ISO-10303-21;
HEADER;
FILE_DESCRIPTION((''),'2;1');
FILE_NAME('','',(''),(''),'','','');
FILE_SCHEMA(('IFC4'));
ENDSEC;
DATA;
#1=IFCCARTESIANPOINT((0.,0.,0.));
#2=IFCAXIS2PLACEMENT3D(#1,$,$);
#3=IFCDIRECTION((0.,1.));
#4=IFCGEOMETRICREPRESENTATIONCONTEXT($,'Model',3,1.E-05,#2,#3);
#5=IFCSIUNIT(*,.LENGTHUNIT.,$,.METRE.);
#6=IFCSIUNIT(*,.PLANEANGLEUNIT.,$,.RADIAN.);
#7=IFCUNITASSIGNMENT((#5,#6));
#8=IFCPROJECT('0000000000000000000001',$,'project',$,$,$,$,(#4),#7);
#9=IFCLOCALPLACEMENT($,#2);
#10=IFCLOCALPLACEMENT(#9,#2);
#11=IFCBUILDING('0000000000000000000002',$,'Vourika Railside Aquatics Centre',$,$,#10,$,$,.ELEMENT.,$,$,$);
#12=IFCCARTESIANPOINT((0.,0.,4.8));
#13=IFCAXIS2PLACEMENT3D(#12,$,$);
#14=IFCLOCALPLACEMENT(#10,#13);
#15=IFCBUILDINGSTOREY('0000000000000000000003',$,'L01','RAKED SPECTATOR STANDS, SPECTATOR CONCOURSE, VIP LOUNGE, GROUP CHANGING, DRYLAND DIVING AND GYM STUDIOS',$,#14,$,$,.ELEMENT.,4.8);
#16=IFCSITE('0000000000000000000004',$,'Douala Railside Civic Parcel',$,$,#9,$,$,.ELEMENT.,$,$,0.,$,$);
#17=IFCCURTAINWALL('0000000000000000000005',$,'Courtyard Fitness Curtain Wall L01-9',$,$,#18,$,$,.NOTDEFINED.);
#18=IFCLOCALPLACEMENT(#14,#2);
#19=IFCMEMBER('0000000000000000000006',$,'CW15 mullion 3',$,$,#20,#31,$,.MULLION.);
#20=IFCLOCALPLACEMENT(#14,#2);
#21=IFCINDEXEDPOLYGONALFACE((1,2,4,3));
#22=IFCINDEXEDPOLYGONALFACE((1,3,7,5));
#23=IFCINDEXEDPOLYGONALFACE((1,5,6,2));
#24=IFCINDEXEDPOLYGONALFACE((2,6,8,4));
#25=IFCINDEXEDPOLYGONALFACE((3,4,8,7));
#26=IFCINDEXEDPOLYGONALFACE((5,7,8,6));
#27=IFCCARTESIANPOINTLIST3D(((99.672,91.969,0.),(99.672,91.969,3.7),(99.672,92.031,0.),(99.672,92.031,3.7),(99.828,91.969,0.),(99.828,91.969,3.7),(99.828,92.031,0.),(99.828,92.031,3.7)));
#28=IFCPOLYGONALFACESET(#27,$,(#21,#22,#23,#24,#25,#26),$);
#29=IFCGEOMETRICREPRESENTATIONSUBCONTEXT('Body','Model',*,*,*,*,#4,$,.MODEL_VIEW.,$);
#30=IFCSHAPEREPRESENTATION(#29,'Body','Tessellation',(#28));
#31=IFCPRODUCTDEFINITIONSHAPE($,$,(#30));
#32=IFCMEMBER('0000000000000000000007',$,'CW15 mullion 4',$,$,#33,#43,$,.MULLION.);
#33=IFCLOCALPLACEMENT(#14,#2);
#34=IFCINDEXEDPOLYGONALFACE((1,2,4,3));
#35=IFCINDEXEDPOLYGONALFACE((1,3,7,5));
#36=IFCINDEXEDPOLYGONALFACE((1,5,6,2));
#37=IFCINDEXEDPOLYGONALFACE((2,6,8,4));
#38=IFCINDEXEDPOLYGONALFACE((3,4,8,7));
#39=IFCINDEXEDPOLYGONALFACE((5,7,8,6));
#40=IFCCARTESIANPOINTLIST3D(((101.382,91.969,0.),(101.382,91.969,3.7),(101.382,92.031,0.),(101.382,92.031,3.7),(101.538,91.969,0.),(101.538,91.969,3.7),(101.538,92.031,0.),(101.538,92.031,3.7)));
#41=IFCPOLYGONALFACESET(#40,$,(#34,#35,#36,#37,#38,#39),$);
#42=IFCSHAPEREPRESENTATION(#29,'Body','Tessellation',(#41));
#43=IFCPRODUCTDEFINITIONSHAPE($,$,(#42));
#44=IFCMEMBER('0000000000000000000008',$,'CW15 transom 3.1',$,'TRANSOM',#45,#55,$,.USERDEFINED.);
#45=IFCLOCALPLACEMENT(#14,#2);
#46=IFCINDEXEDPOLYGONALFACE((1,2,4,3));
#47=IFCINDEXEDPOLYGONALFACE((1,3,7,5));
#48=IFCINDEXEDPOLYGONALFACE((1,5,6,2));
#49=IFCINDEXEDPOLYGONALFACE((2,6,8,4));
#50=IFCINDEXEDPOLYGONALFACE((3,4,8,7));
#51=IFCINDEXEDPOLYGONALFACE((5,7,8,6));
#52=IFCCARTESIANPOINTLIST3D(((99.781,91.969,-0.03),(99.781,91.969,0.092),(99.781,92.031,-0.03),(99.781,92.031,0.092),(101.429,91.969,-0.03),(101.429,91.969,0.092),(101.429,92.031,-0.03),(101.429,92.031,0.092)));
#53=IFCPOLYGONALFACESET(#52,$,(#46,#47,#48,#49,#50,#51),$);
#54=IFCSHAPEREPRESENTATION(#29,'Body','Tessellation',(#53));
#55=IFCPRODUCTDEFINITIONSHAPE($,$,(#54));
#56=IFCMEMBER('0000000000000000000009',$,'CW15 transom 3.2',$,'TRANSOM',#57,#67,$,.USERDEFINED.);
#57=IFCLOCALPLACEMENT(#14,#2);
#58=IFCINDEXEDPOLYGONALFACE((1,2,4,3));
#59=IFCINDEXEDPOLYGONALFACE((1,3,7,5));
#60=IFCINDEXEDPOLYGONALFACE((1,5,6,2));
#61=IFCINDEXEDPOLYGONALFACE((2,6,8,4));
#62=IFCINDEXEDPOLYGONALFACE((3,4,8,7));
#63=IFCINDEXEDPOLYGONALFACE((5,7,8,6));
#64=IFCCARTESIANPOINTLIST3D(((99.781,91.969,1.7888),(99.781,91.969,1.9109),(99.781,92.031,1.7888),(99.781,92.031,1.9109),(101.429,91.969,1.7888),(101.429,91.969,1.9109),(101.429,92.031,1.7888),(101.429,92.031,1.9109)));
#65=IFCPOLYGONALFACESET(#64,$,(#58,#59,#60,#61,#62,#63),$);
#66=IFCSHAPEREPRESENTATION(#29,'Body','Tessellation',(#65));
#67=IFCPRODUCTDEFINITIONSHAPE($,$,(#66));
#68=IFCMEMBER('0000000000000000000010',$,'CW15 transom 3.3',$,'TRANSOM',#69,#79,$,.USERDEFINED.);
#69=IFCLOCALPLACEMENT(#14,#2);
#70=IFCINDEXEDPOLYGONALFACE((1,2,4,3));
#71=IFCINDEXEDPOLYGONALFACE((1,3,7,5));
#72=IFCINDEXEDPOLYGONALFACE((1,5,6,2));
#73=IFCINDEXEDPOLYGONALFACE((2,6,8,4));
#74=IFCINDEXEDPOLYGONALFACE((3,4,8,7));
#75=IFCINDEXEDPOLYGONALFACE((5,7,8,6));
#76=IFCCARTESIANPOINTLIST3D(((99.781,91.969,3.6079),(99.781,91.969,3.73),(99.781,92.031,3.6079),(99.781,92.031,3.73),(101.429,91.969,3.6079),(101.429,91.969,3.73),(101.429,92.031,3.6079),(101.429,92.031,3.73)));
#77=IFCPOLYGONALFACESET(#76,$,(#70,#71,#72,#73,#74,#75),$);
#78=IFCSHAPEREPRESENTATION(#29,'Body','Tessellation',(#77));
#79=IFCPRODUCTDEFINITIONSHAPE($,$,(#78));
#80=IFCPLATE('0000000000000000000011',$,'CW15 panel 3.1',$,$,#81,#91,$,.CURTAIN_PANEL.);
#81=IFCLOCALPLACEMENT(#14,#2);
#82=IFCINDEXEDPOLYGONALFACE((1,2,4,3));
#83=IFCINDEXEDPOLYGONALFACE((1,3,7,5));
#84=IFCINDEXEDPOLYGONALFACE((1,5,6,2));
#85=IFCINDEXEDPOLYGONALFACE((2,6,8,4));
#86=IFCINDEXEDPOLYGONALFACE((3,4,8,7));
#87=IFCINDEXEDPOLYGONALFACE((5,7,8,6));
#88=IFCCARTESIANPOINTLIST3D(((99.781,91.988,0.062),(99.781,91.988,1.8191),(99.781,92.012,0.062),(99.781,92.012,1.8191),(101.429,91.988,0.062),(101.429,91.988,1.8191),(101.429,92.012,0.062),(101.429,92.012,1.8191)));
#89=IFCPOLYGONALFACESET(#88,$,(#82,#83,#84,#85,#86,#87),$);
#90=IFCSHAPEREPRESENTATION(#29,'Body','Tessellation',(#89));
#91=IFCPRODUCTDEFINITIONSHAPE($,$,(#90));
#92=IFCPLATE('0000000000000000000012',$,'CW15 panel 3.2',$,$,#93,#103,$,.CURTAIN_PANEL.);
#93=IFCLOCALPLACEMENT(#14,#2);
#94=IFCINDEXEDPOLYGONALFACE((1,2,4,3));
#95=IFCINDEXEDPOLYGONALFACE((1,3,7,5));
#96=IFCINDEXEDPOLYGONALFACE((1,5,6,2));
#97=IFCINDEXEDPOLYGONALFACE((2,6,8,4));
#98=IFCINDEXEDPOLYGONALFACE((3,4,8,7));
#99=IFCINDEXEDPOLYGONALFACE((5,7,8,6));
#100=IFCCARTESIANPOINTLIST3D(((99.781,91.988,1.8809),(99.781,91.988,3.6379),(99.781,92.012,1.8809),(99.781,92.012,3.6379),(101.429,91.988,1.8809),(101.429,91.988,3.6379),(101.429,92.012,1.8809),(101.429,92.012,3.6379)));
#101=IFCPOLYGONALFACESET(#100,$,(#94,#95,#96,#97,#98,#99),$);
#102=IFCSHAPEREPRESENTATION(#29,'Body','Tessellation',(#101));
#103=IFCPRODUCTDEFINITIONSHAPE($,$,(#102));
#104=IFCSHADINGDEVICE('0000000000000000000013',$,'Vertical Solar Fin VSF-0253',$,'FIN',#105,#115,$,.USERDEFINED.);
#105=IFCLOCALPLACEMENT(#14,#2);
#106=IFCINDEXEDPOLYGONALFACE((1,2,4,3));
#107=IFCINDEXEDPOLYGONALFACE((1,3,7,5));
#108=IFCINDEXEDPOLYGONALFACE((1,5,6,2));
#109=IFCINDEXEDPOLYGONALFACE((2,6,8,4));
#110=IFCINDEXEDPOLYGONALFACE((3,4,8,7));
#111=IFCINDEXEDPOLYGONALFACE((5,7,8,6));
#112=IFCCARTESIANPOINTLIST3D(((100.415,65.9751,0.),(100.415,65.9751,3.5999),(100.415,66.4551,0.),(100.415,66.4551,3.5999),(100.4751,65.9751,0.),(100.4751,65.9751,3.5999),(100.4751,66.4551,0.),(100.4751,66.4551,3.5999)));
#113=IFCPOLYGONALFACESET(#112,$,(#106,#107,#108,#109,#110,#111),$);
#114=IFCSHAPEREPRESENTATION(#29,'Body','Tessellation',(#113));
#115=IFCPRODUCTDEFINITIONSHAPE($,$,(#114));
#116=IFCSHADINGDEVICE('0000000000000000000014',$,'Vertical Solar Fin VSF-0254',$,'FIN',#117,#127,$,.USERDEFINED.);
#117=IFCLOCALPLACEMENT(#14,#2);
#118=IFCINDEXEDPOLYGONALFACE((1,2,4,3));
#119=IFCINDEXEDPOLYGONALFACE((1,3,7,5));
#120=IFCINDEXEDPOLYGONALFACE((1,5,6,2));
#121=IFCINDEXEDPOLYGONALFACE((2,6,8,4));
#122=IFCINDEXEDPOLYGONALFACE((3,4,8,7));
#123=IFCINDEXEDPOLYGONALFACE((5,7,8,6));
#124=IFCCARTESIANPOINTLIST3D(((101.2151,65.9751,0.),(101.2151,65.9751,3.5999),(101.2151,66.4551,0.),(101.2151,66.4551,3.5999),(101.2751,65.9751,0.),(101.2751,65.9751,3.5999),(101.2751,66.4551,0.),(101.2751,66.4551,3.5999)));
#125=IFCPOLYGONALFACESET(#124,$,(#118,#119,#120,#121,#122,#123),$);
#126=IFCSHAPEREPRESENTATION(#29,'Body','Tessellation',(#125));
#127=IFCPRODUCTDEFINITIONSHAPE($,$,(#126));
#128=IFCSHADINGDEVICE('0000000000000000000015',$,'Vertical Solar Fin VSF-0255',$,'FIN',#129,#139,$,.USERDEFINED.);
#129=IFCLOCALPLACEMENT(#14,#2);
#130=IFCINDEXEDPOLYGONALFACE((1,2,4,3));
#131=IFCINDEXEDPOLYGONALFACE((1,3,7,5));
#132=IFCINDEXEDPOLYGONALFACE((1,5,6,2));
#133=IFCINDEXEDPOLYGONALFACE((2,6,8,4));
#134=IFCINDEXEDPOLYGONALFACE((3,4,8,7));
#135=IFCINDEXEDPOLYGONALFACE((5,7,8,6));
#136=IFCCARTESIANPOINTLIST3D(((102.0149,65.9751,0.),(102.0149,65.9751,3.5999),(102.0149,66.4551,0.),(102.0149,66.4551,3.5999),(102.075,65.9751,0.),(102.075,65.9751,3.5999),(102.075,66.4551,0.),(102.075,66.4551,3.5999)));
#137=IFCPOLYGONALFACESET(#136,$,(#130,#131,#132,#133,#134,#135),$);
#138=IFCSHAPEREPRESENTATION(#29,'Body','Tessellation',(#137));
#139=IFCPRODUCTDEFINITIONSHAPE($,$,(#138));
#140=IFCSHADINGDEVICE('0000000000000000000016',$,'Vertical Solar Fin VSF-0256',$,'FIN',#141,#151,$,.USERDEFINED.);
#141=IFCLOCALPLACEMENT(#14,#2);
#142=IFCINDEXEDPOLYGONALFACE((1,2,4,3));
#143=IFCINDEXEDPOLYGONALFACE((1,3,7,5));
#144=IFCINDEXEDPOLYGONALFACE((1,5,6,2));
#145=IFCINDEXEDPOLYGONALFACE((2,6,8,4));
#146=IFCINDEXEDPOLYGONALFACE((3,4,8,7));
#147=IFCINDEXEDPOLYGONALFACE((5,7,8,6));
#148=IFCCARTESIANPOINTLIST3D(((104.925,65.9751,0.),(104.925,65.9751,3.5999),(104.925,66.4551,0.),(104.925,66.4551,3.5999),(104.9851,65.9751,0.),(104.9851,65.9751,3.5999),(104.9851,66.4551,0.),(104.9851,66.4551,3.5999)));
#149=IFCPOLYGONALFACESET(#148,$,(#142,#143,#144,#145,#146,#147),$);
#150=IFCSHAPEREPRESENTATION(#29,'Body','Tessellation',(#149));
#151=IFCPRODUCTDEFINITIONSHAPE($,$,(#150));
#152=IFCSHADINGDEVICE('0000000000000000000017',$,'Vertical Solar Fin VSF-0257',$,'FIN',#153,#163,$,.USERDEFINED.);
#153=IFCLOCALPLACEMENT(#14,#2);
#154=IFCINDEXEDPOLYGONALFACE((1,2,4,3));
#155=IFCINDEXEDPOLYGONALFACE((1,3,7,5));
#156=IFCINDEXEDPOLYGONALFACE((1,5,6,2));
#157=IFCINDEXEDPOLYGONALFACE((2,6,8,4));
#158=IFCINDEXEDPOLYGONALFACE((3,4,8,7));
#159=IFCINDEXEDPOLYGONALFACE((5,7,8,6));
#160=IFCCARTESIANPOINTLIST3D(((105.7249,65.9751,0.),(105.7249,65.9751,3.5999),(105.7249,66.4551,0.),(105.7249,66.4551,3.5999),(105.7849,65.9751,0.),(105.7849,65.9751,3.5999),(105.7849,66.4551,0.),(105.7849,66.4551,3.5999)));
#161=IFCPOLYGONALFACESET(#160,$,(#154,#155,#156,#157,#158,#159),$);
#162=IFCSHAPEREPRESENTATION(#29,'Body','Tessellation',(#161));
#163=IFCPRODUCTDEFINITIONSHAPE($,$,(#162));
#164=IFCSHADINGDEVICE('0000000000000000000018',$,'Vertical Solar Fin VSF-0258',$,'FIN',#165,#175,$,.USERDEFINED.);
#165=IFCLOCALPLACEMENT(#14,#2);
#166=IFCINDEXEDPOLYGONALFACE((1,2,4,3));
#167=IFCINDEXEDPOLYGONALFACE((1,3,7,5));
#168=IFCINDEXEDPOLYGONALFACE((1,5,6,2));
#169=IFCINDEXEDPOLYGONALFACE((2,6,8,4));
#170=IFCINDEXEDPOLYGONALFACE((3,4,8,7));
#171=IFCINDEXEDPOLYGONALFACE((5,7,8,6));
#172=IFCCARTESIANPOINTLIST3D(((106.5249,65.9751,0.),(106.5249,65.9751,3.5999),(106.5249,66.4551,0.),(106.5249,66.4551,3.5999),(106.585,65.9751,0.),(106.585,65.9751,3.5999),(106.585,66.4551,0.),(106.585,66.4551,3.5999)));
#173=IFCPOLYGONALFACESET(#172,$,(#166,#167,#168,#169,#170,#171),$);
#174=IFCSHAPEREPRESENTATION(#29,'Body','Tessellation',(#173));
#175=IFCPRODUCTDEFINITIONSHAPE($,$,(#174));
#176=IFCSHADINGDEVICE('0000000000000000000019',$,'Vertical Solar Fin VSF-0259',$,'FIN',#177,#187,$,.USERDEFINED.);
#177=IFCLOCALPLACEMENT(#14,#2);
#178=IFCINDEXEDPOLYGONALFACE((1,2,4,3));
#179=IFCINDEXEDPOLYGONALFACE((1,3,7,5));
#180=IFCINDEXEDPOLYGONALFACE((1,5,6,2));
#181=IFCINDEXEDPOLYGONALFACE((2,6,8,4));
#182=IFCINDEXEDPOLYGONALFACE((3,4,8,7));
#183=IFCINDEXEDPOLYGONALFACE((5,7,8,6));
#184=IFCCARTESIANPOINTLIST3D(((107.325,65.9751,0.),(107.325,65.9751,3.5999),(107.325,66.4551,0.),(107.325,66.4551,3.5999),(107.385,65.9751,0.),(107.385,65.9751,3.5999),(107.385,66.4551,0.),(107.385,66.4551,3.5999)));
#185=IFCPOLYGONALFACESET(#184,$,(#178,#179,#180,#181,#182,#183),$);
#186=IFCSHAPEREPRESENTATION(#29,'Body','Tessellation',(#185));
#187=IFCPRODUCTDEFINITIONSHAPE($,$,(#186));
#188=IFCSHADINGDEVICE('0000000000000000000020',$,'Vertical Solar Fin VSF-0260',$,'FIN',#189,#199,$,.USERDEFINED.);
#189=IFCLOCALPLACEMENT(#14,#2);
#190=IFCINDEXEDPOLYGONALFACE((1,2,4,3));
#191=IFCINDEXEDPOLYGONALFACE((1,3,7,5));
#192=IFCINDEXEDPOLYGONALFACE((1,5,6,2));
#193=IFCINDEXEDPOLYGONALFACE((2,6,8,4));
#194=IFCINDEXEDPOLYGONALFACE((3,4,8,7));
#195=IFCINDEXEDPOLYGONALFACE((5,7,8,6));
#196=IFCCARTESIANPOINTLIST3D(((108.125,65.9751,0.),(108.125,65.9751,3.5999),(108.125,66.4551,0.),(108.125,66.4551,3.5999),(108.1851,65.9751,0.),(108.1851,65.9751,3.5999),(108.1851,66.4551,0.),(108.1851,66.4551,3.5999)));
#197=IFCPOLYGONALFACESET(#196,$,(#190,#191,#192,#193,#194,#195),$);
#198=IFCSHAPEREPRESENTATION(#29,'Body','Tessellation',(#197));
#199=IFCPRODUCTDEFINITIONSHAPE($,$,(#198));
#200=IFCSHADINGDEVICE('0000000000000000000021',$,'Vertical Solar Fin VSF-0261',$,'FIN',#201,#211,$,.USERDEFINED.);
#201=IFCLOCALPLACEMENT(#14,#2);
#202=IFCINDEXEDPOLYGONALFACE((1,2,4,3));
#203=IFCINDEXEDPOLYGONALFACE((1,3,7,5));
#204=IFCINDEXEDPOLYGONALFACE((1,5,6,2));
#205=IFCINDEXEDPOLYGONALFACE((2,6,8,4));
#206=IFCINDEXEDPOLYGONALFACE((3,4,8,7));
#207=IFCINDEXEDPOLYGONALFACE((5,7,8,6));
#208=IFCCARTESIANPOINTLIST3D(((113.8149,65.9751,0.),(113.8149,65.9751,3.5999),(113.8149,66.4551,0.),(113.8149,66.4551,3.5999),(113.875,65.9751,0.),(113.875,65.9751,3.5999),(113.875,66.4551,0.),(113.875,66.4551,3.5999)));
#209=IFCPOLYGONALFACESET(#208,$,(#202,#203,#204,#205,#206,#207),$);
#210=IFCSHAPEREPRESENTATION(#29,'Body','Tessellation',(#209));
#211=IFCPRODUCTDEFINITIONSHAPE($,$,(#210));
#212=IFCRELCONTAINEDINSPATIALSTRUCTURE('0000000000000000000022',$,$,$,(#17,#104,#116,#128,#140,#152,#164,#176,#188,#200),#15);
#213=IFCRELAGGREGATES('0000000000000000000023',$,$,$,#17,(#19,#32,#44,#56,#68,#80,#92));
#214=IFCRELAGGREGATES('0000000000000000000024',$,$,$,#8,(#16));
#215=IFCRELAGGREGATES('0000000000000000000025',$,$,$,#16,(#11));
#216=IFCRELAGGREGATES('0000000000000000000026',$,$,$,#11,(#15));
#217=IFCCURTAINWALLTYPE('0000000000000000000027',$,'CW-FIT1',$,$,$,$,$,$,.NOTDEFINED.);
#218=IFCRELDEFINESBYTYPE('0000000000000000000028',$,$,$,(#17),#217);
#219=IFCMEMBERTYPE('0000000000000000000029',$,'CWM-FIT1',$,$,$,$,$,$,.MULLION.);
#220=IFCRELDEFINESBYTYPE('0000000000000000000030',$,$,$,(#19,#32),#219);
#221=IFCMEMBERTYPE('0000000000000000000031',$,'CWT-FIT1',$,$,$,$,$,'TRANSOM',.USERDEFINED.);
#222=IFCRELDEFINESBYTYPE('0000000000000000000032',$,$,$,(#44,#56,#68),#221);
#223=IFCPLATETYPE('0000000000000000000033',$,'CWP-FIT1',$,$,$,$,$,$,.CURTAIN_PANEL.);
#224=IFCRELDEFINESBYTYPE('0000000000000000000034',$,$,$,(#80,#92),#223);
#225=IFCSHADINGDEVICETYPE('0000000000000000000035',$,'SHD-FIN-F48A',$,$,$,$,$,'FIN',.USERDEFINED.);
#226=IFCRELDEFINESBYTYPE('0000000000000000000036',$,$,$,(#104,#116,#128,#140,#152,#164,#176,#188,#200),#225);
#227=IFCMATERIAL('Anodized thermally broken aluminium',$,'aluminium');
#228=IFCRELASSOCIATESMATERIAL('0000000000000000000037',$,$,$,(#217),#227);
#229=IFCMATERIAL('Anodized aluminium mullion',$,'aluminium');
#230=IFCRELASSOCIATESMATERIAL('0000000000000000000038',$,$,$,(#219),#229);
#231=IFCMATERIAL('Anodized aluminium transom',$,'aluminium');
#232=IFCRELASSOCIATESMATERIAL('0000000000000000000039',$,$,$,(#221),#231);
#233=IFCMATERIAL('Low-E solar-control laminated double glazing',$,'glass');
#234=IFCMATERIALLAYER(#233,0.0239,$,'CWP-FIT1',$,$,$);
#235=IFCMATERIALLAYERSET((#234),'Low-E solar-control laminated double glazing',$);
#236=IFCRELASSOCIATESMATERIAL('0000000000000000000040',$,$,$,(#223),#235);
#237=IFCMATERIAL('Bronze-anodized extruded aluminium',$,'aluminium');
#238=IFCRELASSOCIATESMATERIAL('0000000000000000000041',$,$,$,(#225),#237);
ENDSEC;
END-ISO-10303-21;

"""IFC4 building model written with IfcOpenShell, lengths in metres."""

from ifc_helpers import new_model, si_unit, direction, frame, origin, origin_2d, place, context, subcontext, project, spatial, rectangle, extrude, material, layer, layer_set, material_profile, profile_set, type_object, element, aggregate, save


model = new_model("IFC4")

# Units and contexts
model_context = context("Model", 3, precision=1e-05, world=origin(), true_north=direction((0.0, 1.0)))
body_context = subcontext(model_context, "Body", "Model", "MODEL_VIEW")
ifc_project = project(units=[si_unit("LENGTHUNIT", "METRE"), si_unit("PLANEANGLEUNIT", "RADIAN")], contexts=[model_context])

# Site, building, storey
site_placement = place(None, origin())
site = spatial("IfcSite", under=ifc_project, at=site_placement, Name="Douala Railside Civic Parcel", CompositionType="ELEMENT", RefElevation=0.0)
building_placement = place(site_placement, origin())
building = spatial("IfcBuilding", under=site, at=building_placement, Name="Vourika Railside Aquatics Centre", CompositionType="ELEMENT")
storey_placement = place(building_placement, frame((0.0, 0.0, 4.8)))
storey = spatial("IfcBuildingStorey", under=building, at=storey_placement, Name="L01", Description="RAKED SPECTATOR STANDS, SPECTATOR CONCOURSE, VIP LOUNGE, GROUP CHANGING, DRYLAND DIVING AND GYM STUDIOS", CompositionType="ELEMENT", Elevation=4.8)

# Curtain wall, members, plates
ifc_material_1 = material(Name="Anodized thermally broken aluminium", Category="aluminium")
curtain_wall_type = type_object("IfcCurtainWallType", Name="CW-FIT1", PredefinedType="NOTDEFINED", material=ifc_material_1)
curtain_wall_placement = place(storey_placement, origin())
curtain_wall = element("IfcCurtainWall", 1, at=curtain_wall_placement, inside=storey, type_object=curtain_wall_type, Name="Courtyard Fitness Curtain Wall L01-9", PredefinedType="NOTDEFINED")
ifc_material_2 = material(Name="Anodized aluminium mullion", Category="aluminium")
ifc_material_profile_1 = material_profile(ifc_material_2, rectangle(XDim=0.062, YDim=0.156, at=origin_2d()), Name="ALU-M 62x156")
ifc_profile_set_1 = profile_set([ifc_material_profile_1], Name="Anodized aluminium mullion")
member_type_1 = type_object("IfcMemberType", Name="CWM-FIT1", PredefinedType="MULLION", material=ifc_profile_set_1)
member_1_placement = place(storey_placement, frame((99.75, 92.0, 0.0), z_axis=(0.0, 0.0, 1.0), x_axis=(0.0, 1.0, 0.0)))
member_1 = element("IfcMember", 2, at=member_1_placement, type_object=member_type_1, Name="CW15 mullion 3", PredefinedType="MULLION", context=body_context, shape_type="SweptSolid", body=[
    extrude(rectangle(XDim=0.062, YDim=0.156, at=origin_2d()), origin(), (0.0, 0.0, 1.0), 3.7),
])
member_2_placement = place(storey_placement, frame((101.46, 92.0, 0.0), z_axis=(0.0, 0.0, 1.0), x_axis=(0.0, 1.0, 0.0)))
member_2 = element("IfcMember", 3, at=member_2_placement, type_object=member_type_1, Name="CW15 mullion 4", PredefinedType="MULLION", context=body_context, shape_type="SweptSolid", body=[
    extrude(rectangle(XDim=0.062, YDim=0.156, at=origin_2d()), origin(), (0.0, 0.0, 1.0), 3.7),
])
ifc_material_3 = material(Name="Anodized aluminium transom", Category="aluminium")
ifc_material_profile_2 = material_profile(ifc_material_3, rectangle(XDim=0.062, YDim=0.1221, at=origin_2d()), Name="ALU-T 62x122")
ifc_profile_set_2 = profile_set([ifc_material_profile_2], Name="Anodized aluminium transom")
member_type_2 = type_object("IfcMemberType", Name="CWT-FIT1", ElementType="TRANSOM", PredefinedType="USERDEFINED", material=ifc_profile_set_2)
member_3_placement = place(storey_placement, frame((99.781, 92.0, 0.031), z_axis=(1.0, 0.0, 0.0), x_axis=(0.0, 1.0, 0.0)))
member_3 = element("IfcMember", 4, at=member_3_placement, type_object=member_type_2, Name="CW15 transom 3.1", ObjectType="TRANSOM", PredefinedType="USERDEFINED", context=body_context, shape_type="SweptSolid", body=[
    extrude(rectangle(XDim=0.062, YDim=0.1221, at=origin_2d()), origin(), (0.0, 0.0, 1.0), 1.6479),
])
member_4_placement = place(storey_placement, frame((99.781, 92.0, 1.8499), z_axis=(1.0, 0.0, 0.0), x_axis=(0.0, 1.0, 0.0)))
member_4 = element("IfcMember", 5, at=member_4_placement, type_object=member_type_2, Name="CW15 transom 3.2", ObjectType="TRANSOM", PredefinedType="USERDEFINED", context=body_context, shape_type="SweptSolid", body=[
    extrude(rectangle(XDim=0.062, YDim=0.1221, at=origin_2d()), origin(), (0.0, 0.0, 1.0), 1.6479),
])
member_5_placement = place(storey_placement, frame((99.781, 92.0, 3.6689), z_axis=(1.0, 0.0, 0.0), x_axis=(0.0, 1.0, 0.0)))
member_5 = element("IfcMember", 6, at=member_5_placement, type_object=member_type_2, Name="CW15 transom 3.3", ObjectType="TRANSOM", PredefinedType="USERDEFINED", context=body_context, shape_type="SweptSolid", body=[
    extrude(rectangle(XDim=0.062, YDim=0.1221, at=origin_2d()), origin(), (0.0, 0.0, 1.0), 1.6479),
])
ifc_material_4 = material(Name="Low-E solar-control laminated double glazing", Category="glass")
ifc_layer = layer(ifc_material_4, 0.0239, Name="CWP-FIT1")
ifc_layer_set = layer_set([ifc_layer], Name="Low-E solar-control laminated double glazing")
plate_type = type_object("IfcPlateType", Name="CWP-FIT1", PredefinedType="CURTAIN_PANEL", material=ifc_layer_set)
plate_1_placement = place(storey_placement, frame((100.605, 92.0, 0.062), z_axis=(0.0, 0.0, 1.0), x_axis=(1.0, 0.0, 0.0)))
plate_1 = element("IfcPlate", 7, at=plate_1_placement, type_object=plate_type, Name="CW15 panel 3.1", PredefinedType="CURTAIN_PANEL", context=body_context, shape_type="SweptSolid", body=[
    extrude(rectangle(XDim=1.6479, YDim=0.0239, at=origin_2d()), origin(), (0.0, 0.0, 1.0), 1.7571),
])
plate_2_placement = place(storey_placement, frame((100.605, 92.0, 1.8809), z_axis=(0.0, 0.0, 1.0), x_axis=(1.0, 0.0, 0.0)))
plate_2 = element("IfcPlate", 8, at=plate_2_placement, type_object=plate_type, Name="CW15 panel 3.2", PredefinedType="CURTAIN_PANEL", context=body_context, shape_type="SweptSolid", body=[
    extrude(rectangle(XDim=1.6479, YDim=0.0239, at=origin_2d()), origin(), (0.0, 0.0, 1.0), 1.7571),
])
aggregate(curtain_wall, [member_1, member_2, member_3, member_4, member_5, plate_1, plate_2])

# Shading devices
ifc_material_5 = material(Name="Bronze-anodized extruded aluminium", Category="aluminium")
ifc_material_profile_3 = material_profile(ifc_material_5, rectangle(XDim=0.0601, YDim=0.48, at=origin_2d()), Name="ALU-FIN 60x480")
ifc_profile_set_3 = profile_set([ifc_material_profile_3], Name="Bronze-anodized extruded aluminium")
shading_device_type = type_object("IfcShadingDeviceType", Name="SHD-FIN-F48A", ElementType="FIN", PredefinedType="USERDEFINED", material=ifc_profile_set_3)
for number, where, z_axis, x_axis, name in (
    (9, (100.4451, 66.2151, 0.0), (0.0, 0.0, 1.0), (1.0, 0.0, 0.0), "Vertical Solar Fin VSF-0253"),
    (10, (101.2451, 66.2151, 0.0), (0.0, 0.0, 1.0), (1.0, 0.0, 0.0), "Vertical Solar Fin VSF-0254"),
    (11, (102.0449, 66.2151, 0.0), (0.0, 0.0, 1.0), (1.0, 0.0, 0.0), "Vertical Solar Fin VSF-0255"),
    (12, (104.9551, 66.2151, 0.0), (0.0, 0.0, 1.0), (1.0, 0.0, 0.0), "Vertical Solar Fin VSF-0256"),
    (13, (105.7549, 66.2151, 0.0), (0.0, 0.0, 1.0), (1.0, 0.0, 0.0), "Vertical Solar Fin VSF-0257"),
    (14, (106.5549, 66.2151, 0.0), (0.0, 0.0, 1.0), (1.0, 0.0, 0.0), "Vertical Solar Fin VSF-0258"),
    (15, (107.355, 66.2151, 0.0), (0.0, 0.0, 1.0), (1.0, 0.0, 0.0), "Vertical Solar Fin VSF-0259"),
    (16, (108.155, 66.2151, 0.0), (0.0, 0.0, 1.0), (1.0, 0.0, 0.0), "Vertical Solar Fin VSF-0260"),
    (17, (113.845, 66.2151, 0.0), (0.0, 0.0, 1.0), (1.0, 0.0, 0.0), "Vertical Solar Fin VSF-0261"),
):
    element("IfcShadingDevice", number, at=place(storey_placement, frame(where, z_axis=z_axis, x_axis=x_axis)), inside=storey, type_object=shading_device_type, Name=name, ObjectType="FIN", PredefinedType="USERDEFINED", context=body_context, shape_type="SweptSolid", body=[
        extrude(rectangle(XDim=0.0601, YDim=0.48, at=origin_2d()), origin(), (0.0, 0.0, 1.0), 3.5999),
    ])

save(model, "model.ifc")
